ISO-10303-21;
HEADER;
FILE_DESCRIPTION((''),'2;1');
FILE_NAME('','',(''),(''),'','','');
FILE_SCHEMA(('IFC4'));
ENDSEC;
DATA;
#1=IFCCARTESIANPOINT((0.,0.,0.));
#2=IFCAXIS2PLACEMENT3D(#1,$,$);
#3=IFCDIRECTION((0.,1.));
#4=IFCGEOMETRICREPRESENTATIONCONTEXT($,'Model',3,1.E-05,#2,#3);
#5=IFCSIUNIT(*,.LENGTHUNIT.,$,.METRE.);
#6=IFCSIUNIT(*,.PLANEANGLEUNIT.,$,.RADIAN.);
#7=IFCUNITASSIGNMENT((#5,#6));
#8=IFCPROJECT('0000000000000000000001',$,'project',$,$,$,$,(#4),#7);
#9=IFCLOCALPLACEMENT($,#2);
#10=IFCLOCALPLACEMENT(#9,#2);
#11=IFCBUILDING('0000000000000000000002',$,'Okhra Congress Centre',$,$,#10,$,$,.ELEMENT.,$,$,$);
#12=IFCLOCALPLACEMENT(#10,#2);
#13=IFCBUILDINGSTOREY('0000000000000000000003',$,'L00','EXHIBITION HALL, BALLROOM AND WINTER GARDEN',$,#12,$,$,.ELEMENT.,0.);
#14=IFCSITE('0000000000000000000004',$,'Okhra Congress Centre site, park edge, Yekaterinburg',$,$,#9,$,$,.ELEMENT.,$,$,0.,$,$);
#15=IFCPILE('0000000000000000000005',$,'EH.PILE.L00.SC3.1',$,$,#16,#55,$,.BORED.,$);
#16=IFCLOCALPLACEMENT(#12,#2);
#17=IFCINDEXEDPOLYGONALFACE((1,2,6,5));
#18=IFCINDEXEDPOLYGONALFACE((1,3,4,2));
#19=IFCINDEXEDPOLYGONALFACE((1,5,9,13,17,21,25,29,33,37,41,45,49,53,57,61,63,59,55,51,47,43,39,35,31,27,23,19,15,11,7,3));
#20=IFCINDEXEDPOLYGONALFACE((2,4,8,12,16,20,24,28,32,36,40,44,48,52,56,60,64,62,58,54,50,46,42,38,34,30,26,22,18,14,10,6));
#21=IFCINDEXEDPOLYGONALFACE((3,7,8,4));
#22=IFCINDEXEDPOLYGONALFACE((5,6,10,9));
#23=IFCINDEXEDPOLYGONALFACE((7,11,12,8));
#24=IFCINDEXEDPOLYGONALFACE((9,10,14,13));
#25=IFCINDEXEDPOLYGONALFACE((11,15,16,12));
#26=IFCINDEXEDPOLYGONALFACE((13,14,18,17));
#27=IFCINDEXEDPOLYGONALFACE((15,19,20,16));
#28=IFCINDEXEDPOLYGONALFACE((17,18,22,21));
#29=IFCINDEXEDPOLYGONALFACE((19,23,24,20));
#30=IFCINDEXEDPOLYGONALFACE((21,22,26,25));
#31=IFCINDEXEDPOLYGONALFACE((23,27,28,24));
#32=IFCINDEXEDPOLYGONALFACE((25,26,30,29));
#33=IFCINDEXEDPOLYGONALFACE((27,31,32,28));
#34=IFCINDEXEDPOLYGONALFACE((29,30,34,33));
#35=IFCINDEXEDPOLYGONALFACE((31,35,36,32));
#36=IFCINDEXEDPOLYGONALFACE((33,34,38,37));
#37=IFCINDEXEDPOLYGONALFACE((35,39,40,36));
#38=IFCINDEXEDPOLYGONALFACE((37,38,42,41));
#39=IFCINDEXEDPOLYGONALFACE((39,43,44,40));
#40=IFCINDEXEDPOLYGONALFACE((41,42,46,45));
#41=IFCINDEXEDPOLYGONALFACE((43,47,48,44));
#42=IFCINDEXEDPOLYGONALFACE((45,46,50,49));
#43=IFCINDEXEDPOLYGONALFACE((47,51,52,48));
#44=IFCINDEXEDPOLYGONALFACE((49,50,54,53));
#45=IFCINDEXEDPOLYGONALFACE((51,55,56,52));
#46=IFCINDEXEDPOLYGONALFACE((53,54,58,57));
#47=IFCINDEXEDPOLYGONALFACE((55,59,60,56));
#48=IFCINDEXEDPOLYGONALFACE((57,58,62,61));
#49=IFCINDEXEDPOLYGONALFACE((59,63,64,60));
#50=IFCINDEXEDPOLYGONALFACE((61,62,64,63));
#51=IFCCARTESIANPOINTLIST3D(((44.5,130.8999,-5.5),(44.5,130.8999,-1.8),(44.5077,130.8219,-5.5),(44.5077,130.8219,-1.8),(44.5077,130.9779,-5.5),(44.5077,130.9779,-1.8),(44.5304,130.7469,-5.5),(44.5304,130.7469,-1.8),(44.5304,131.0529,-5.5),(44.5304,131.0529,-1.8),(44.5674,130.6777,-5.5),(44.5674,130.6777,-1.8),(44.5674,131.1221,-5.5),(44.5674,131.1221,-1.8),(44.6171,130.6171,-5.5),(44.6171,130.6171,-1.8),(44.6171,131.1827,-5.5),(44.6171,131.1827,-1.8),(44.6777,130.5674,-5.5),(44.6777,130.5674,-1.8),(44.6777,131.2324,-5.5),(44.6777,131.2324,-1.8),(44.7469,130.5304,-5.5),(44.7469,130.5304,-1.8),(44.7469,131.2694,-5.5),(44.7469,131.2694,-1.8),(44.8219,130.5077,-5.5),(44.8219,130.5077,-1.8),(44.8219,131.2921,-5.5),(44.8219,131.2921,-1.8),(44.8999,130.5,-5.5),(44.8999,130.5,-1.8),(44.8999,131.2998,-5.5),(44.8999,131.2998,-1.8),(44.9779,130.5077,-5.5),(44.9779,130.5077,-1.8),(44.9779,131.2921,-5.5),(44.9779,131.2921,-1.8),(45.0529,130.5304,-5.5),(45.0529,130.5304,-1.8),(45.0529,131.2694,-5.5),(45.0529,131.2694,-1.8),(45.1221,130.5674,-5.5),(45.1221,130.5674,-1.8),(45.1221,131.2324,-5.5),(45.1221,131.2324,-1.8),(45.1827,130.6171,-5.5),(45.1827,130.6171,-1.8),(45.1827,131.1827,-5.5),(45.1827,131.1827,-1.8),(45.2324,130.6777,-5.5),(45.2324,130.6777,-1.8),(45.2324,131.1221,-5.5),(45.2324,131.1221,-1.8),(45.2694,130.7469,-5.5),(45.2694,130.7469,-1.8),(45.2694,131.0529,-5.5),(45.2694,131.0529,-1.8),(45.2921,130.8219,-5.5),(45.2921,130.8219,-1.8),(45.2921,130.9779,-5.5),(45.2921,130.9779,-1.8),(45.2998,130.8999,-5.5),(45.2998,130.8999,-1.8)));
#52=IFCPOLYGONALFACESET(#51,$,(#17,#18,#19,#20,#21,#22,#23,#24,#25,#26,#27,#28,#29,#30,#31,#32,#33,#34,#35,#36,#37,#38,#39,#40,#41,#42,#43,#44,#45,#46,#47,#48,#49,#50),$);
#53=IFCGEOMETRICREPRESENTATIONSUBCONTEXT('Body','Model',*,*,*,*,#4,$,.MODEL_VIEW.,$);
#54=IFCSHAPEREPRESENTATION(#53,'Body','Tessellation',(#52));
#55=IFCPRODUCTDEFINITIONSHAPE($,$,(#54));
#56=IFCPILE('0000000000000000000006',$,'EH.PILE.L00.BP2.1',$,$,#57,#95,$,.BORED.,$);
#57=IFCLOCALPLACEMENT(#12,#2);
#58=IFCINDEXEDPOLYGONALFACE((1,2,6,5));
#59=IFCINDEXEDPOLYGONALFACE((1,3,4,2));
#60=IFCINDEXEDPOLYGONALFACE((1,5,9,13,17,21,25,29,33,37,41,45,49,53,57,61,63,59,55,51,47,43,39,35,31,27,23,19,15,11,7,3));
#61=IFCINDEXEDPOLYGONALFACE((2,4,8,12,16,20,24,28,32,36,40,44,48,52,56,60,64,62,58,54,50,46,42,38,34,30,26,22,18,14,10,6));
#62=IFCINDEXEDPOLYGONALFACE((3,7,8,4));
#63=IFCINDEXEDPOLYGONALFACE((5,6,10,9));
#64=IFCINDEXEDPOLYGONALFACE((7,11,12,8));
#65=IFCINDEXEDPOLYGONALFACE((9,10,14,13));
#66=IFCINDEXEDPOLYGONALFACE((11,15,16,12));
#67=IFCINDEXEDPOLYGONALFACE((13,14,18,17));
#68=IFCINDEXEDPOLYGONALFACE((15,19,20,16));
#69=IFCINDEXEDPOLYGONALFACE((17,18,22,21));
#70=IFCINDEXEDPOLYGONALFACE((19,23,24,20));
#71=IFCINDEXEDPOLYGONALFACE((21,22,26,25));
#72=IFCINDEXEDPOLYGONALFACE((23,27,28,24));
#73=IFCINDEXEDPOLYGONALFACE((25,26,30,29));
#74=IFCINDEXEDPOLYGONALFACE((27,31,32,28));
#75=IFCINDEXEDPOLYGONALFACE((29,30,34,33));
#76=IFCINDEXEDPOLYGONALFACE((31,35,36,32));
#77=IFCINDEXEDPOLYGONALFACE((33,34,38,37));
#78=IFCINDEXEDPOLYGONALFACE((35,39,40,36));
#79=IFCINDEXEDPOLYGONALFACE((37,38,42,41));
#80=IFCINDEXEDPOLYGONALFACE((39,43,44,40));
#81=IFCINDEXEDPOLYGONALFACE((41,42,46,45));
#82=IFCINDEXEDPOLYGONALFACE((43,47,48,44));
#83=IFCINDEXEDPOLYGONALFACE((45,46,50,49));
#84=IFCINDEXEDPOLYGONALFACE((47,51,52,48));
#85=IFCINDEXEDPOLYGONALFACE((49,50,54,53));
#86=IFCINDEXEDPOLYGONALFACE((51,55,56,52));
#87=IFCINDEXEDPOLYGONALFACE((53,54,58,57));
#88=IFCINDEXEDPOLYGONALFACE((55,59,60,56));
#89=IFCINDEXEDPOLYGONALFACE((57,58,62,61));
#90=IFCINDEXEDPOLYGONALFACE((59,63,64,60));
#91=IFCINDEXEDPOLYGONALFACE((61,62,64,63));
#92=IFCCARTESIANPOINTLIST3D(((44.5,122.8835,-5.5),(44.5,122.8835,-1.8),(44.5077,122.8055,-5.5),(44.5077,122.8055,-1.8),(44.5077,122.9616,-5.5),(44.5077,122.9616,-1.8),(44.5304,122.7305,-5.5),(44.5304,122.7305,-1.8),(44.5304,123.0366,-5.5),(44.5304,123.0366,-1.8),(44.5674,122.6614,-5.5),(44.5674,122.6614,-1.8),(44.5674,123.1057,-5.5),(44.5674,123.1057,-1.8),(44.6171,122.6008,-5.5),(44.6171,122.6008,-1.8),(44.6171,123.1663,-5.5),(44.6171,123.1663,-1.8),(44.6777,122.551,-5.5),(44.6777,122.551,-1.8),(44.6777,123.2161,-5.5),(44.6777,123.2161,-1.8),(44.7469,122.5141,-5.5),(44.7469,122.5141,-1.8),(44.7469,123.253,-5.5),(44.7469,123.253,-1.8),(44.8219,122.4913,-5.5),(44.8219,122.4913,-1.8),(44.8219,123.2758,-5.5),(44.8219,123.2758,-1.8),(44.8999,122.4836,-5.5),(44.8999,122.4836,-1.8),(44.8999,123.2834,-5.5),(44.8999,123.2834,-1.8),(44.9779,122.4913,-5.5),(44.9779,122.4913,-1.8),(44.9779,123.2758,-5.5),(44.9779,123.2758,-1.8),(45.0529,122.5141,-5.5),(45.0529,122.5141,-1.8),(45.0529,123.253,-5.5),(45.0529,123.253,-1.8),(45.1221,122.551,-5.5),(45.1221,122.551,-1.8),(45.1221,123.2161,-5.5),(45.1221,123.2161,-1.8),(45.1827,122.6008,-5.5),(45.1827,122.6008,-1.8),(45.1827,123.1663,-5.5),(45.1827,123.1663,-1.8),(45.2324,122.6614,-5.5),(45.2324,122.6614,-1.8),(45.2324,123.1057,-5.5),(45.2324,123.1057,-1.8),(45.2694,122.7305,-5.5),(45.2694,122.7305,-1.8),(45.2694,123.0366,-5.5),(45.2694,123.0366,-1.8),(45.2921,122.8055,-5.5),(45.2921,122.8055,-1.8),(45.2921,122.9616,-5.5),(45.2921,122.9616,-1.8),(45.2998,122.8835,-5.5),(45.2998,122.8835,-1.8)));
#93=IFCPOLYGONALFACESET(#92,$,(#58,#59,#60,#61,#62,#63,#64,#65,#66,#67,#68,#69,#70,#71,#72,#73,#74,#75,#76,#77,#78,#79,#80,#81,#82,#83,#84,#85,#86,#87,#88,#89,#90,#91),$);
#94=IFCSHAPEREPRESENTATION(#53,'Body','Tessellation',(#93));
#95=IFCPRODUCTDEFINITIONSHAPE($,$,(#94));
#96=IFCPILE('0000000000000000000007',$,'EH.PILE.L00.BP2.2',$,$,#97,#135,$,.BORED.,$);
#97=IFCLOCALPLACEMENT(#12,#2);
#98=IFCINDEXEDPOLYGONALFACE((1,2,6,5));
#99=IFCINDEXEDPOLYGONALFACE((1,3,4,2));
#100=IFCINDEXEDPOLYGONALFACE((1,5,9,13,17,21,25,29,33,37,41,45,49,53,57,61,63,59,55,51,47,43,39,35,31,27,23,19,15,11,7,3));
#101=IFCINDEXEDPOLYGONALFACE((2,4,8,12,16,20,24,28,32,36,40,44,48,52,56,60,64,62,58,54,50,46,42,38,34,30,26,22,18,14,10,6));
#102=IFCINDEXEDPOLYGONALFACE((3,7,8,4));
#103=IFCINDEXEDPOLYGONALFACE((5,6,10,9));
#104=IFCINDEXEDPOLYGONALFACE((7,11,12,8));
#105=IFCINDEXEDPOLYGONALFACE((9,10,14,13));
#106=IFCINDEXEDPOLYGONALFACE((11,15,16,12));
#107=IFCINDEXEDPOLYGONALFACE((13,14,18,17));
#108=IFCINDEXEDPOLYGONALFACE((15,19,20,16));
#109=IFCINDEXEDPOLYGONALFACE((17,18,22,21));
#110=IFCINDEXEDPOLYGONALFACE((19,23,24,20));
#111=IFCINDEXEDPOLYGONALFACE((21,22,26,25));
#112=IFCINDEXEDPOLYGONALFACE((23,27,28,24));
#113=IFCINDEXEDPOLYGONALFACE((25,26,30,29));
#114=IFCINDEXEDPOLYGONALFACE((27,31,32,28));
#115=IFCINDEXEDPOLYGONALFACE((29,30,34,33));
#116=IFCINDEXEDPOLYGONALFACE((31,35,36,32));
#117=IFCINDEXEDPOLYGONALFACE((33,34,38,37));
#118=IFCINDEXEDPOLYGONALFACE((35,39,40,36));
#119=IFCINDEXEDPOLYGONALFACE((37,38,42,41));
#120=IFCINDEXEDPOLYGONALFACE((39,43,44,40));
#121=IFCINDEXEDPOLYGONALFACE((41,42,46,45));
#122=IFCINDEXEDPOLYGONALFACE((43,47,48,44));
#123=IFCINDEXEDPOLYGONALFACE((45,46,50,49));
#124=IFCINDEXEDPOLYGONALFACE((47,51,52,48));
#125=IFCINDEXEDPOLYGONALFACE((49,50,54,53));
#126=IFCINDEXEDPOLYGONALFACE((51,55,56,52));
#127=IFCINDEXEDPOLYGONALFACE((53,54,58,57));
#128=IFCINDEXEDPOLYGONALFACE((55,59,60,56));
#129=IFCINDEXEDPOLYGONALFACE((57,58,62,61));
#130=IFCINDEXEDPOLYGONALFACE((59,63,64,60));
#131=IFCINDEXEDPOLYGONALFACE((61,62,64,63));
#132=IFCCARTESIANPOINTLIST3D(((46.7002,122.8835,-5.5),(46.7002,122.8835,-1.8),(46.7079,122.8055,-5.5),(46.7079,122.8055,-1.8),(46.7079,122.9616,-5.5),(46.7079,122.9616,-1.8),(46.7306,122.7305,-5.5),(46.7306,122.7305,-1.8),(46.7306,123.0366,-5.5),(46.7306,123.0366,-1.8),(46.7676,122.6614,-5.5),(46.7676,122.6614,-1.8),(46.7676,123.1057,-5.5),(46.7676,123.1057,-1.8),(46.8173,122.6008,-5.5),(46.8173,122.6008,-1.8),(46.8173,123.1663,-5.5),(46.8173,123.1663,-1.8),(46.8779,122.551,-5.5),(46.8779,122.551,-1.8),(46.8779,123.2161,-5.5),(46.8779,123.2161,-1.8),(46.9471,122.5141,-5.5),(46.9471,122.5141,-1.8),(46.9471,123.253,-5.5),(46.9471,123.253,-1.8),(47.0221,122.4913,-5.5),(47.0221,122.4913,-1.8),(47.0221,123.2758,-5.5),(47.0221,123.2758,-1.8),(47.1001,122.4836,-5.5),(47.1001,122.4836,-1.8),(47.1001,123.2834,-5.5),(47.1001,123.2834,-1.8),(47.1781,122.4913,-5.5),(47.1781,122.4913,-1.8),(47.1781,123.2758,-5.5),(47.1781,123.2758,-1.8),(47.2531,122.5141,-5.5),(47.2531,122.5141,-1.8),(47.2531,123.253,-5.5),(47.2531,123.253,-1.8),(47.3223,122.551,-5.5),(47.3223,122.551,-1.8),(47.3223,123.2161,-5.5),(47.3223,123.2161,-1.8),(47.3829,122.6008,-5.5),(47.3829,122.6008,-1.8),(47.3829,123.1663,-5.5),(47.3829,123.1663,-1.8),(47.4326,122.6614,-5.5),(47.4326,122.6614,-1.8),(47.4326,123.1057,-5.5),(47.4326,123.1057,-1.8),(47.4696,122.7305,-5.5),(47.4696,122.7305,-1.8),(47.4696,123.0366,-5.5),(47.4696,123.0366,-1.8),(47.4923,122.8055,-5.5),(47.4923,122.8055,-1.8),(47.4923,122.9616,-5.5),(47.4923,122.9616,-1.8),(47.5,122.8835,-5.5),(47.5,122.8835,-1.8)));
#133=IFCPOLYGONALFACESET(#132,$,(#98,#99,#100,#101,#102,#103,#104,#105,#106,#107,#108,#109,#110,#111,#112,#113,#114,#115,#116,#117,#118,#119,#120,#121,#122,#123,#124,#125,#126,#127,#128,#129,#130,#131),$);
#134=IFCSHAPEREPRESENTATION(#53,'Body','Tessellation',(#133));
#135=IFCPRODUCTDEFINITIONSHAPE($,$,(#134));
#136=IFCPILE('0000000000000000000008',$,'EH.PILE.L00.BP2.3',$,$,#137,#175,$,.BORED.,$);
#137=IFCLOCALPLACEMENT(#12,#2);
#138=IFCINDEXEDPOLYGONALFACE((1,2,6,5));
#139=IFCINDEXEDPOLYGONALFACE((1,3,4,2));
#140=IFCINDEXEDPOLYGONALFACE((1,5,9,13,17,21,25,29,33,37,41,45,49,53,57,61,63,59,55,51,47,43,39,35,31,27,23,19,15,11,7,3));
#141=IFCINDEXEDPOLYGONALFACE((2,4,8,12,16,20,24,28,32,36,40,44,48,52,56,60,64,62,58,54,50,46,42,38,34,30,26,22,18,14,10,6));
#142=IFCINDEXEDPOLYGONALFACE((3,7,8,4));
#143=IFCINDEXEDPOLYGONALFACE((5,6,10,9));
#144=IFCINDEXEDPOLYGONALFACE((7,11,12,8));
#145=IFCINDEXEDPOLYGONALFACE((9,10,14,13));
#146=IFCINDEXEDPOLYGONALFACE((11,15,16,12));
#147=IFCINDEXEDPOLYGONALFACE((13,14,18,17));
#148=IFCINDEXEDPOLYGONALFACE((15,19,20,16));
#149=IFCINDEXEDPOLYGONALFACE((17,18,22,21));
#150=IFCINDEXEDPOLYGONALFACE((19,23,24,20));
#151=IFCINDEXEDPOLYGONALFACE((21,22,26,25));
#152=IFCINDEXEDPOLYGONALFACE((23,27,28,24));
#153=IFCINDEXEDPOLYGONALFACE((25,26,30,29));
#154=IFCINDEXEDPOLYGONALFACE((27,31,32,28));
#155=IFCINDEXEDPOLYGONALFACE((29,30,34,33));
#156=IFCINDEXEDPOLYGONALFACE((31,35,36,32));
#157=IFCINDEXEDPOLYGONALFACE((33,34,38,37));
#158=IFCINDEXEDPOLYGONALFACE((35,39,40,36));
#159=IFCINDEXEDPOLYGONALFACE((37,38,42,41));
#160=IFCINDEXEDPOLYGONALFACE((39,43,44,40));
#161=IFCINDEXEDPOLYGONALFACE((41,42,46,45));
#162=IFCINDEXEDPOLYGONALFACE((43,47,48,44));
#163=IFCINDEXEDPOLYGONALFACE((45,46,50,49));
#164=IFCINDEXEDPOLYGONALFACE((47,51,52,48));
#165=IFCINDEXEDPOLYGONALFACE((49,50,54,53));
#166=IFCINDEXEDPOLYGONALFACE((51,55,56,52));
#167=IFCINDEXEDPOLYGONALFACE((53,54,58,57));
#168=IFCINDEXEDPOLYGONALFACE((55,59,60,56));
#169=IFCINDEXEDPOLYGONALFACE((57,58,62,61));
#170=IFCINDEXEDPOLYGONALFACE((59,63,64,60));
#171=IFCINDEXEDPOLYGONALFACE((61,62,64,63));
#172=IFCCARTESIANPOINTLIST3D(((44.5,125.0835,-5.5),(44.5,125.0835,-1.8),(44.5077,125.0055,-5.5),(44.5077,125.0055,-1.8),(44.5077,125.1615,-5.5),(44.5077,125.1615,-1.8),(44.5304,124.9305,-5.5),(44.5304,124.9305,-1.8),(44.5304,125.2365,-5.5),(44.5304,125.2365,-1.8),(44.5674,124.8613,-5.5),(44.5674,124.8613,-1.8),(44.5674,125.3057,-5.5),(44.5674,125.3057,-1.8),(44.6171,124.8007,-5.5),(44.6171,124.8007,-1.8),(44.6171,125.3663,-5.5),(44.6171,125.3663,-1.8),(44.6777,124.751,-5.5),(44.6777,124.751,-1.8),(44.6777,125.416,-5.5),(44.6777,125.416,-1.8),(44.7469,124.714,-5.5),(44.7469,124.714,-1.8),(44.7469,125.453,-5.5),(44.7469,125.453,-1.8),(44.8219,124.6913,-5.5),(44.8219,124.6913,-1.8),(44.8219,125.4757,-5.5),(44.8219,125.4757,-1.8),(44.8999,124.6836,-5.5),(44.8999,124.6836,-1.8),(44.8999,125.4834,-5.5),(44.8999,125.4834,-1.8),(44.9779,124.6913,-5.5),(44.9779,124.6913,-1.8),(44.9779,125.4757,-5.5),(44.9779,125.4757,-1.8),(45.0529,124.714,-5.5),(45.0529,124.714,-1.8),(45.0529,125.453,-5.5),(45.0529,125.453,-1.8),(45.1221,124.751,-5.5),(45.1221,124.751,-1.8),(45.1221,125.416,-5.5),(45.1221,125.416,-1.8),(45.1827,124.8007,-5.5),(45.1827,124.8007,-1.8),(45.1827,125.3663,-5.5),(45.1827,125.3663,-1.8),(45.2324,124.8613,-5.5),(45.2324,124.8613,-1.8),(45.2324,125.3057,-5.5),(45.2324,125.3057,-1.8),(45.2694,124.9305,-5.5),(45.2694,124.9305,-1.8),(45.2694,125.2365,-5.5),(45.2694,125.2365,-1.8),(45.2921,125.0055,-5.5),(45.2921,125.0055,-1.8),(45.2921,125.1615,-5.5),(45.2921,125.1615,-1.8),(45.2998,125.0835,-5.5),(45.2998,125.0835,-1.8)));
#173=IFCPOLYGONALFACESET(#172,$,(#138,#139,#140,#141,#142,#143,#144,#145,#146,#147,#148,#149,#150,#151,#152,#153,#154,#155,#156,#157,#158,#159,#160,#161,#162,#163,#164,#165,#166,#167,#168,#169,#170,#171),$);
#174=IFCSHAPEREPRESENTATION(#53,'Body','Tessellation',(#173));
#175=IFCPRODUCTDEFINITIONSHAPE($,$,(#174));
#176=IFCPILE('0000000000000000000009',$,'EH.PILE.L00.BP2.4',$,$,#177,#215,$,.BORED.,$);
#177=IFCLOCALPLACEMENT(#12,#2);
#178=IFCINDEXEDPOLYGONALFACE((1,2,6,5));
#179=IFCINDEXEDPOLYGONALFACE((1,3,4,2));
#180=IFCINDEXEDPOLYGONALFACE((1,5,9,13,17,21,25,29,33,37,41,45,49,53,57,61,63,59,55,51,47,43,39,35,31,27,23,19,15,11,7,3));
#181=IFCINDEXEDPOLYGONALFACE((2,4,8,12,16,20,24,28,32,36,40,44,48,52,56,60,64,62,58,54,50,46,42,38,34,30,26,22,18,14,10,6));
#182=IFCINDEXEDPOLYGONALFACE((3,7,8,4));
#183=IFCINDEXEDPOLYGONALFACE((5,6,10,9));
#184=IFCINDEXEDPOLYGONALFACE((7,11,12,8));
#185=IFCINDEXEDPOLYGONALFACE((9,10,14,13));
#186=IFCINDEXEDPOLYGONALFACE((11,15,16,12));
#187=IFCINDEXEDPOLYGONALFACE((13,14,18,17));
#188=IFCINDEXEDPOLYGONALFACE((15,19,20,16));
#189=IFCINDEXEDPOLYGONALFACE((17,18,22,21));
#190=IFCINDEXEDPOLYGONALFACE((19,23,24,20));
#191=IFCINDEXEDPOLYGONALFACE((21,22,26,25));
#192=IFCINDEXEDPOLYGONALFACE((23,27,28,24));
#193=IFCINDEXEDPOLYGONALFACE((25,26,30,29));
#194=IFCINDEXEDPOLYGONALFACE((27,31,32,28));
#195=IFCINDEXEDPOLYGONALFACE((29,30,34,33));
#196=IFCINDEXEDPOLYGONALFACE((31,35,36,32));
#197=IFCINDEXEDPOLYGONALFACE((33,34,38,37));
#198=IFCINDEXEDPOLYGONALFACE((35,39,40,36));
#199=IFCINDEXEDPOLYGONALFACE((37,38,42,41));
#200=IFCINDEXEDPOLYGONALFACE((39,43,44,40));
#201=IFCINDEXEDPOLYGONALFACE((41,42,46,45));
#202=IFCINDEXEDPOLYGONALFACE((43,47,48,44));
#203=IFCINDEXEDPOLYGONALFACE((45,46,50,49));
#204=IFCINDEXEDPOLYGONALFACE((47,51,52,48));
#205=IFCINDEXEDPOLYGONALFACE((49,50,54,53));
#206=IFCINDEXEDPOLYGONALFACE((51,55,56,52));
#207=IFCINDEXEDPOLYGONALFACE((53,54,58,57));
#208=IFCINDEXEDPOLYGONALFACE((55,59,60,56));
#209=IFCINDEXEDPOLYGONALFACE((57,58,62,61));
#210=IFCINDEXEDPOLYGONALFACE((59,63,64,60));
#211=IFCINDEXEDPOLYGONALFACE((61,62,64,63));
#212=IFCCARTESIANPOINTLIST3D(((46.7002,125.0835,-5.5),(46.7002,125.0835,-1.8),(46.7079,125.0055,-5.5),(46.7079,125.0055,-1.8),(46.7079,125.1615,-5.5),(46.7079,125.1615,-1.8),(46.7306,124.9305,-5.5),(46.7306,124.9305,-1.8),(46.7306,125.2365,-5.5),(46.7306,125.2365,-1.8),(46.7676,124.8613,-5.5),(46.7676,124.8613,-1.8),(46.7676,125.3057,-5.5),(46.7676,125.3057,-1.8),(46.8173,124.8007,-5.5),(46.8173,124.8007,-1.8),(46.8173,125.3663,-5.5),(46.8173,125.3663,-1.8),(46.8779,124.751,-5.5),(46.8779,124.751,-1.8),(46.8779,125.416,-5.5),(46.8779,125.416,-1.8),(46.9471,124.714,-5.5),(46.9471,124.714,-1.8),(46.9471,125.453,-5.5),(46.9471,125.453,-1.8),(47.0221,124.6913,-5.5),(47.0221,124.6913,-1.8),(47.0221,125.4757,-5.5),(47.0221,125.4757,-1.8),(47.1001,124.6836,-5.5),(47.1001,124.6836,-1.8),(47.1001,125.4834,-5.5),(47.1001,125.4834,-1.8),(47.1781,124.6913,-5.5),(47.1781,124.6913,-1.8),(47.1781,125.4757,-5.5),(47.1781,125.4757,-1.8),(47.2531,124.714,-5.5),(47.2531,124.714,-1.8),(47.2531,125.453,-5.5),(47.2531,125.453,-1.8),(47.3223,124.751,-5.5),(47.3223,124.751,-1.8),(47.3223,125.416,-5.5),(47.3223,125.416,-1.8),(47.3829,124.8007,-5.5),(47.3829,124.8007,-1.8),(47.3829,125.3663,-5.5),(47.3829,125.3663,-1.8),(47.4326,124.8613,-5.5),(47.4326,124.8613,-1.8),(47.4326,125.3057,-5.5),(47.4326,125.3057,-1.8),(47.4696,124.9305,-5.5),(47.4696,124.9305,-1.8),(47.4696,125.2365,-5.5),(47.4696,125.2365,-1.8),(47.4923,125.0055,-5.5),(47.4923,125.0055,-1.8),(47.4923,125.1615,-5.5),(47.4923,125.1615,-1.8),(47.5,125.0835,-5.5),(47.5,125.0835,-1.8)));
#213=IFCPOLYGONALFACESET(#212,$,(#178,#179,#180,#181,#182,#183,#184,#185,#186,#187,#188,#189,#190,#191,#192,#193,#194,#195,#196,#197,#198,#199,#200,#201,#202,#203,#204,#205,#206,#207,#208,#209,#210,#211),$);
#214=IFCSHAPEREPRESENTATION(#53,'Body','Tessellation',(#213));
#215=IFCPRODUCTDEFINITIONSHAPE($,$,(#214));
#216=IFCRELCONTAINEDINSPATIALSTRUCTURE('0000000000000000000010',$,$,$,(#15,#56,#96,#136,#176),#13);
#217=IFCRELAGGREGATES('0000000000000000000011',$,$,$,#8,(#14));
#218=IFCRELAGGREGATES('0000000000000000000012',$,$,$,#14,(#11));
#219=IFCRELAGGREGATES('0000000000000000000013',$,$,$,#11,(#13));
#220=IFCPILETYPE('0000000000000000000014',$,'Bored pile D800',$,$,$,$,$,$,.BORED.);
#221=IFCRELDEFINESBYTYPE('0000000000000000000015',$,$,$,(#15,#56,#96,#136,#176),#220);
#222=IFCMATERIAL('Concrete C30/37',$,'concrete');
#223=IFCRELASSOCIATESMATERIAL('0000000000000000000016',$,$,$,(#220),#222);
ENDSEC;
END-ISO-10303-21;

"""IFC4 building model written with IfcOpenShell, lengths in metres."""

from ifc_helpers import new_model, si_unit, direction, frame, origin, origin_2d, place, context, subcontext, project, spatial, circle, extrude, material, material_profile, profile_set, type_object, element, save


model = new_model("IFC4")

# Units and contexts
model_context = context("Model", 3, precision=1e-05, world=origin(), true_north=direction((0.0, 1.0)))
body_context = subcontext(model_context, "Body", "Model", "MODEL_VIEW")
ifc_project = project(units=[si_unit("LENGTHUNIT", "METRE"), si_unit("PLANEANGLEUNIT", "RADIAN")], contexts=[model_context])

# Site, building, storey
site_placement = place(None, origin())
site = spatial("IfcSite", under=ifc_project, at=site_placement, Name="Okhra Congress Centre site, park edge, Yekaterinburg", CompositionType="ELEMENT", RefElevation=0.0)
building_placement = place(site_placement, origin())
building = spatial("IfcBuilding", under=site, at=building_placement, Name="Okhra Congress Centre", CompositionType="ELEMENT")
storey_placement = place(building_placement, origin())
storey = spatial("IfcBuildingStorey", under=building, at=storey_placement, Name="L00", Description="EXHIBITION HALL, BALLROOM AND WINTER GARDEN", CompositionType="ELEMENT", Elevation=0.0)

# Piles
ifc_material_1 = material(Name="Concrete C30/37", Category="concrete")
ifc_material_profile_1 = material_profile(ifc_material_1, circle(Radius=0.3999, at=origin_2d()), Name="D800")
ifc_profile_set_1 = profile_set([ifc_material_profile_1], Name="Concrete C30/37")
pile_type_1 = type_object("IfcPileType", Name="Bored pile D800", PredefinedType="BORED", material=ifc_profile_set_1)
for number, where, z_axis, x_axis, name in (
    (1, (44.8999, 130.8999, -1.8), (0.0, 0.0, -1.0), (1.0, 0.0, 0.0), "EH.PILE.L00.SC3.1"),
    (2, (44.8999, 122.8835, -1.8), (0.0, 0.0, -1.0), (1.0, 0.0, 0.0), "EH.PILE.L00.BP2.1"),
    (3, (47.1001, 122.8835, -1.8), (0.0, 0.0, -1.0), (1.0, 0.0, 0.0), "EH.PILE.L00.BP2.2"),
    (4, (44.8999, 125.0835, -1.8), (0.0, 0.0, -1.0), (1.0, 0.0, 0.0), "EH.PILE.L00.BP2.3"),
    (5, (47.1001, 125.0835, -1.8), (0.0, 0.0, -1.0), (1.0, 0.0, 0.0), "EH.PILE.L00.BP2.4"),
):
    element("IfcPile", number, at=place(storey_placement, frame(where, z_axis=z_axis, x_axis=x_axis)), inside=storey, type_object=pile_type_1, Name=name, PredefinedType="BORED", context=body_context, shape_type="SweptSolid", body=[
        extrude(circle(Radius=0.3999, at=origin_2d()), origin(), (0.0, 0.0, 1.0), 3.7),
    ])

save(model, "model.ifc")
